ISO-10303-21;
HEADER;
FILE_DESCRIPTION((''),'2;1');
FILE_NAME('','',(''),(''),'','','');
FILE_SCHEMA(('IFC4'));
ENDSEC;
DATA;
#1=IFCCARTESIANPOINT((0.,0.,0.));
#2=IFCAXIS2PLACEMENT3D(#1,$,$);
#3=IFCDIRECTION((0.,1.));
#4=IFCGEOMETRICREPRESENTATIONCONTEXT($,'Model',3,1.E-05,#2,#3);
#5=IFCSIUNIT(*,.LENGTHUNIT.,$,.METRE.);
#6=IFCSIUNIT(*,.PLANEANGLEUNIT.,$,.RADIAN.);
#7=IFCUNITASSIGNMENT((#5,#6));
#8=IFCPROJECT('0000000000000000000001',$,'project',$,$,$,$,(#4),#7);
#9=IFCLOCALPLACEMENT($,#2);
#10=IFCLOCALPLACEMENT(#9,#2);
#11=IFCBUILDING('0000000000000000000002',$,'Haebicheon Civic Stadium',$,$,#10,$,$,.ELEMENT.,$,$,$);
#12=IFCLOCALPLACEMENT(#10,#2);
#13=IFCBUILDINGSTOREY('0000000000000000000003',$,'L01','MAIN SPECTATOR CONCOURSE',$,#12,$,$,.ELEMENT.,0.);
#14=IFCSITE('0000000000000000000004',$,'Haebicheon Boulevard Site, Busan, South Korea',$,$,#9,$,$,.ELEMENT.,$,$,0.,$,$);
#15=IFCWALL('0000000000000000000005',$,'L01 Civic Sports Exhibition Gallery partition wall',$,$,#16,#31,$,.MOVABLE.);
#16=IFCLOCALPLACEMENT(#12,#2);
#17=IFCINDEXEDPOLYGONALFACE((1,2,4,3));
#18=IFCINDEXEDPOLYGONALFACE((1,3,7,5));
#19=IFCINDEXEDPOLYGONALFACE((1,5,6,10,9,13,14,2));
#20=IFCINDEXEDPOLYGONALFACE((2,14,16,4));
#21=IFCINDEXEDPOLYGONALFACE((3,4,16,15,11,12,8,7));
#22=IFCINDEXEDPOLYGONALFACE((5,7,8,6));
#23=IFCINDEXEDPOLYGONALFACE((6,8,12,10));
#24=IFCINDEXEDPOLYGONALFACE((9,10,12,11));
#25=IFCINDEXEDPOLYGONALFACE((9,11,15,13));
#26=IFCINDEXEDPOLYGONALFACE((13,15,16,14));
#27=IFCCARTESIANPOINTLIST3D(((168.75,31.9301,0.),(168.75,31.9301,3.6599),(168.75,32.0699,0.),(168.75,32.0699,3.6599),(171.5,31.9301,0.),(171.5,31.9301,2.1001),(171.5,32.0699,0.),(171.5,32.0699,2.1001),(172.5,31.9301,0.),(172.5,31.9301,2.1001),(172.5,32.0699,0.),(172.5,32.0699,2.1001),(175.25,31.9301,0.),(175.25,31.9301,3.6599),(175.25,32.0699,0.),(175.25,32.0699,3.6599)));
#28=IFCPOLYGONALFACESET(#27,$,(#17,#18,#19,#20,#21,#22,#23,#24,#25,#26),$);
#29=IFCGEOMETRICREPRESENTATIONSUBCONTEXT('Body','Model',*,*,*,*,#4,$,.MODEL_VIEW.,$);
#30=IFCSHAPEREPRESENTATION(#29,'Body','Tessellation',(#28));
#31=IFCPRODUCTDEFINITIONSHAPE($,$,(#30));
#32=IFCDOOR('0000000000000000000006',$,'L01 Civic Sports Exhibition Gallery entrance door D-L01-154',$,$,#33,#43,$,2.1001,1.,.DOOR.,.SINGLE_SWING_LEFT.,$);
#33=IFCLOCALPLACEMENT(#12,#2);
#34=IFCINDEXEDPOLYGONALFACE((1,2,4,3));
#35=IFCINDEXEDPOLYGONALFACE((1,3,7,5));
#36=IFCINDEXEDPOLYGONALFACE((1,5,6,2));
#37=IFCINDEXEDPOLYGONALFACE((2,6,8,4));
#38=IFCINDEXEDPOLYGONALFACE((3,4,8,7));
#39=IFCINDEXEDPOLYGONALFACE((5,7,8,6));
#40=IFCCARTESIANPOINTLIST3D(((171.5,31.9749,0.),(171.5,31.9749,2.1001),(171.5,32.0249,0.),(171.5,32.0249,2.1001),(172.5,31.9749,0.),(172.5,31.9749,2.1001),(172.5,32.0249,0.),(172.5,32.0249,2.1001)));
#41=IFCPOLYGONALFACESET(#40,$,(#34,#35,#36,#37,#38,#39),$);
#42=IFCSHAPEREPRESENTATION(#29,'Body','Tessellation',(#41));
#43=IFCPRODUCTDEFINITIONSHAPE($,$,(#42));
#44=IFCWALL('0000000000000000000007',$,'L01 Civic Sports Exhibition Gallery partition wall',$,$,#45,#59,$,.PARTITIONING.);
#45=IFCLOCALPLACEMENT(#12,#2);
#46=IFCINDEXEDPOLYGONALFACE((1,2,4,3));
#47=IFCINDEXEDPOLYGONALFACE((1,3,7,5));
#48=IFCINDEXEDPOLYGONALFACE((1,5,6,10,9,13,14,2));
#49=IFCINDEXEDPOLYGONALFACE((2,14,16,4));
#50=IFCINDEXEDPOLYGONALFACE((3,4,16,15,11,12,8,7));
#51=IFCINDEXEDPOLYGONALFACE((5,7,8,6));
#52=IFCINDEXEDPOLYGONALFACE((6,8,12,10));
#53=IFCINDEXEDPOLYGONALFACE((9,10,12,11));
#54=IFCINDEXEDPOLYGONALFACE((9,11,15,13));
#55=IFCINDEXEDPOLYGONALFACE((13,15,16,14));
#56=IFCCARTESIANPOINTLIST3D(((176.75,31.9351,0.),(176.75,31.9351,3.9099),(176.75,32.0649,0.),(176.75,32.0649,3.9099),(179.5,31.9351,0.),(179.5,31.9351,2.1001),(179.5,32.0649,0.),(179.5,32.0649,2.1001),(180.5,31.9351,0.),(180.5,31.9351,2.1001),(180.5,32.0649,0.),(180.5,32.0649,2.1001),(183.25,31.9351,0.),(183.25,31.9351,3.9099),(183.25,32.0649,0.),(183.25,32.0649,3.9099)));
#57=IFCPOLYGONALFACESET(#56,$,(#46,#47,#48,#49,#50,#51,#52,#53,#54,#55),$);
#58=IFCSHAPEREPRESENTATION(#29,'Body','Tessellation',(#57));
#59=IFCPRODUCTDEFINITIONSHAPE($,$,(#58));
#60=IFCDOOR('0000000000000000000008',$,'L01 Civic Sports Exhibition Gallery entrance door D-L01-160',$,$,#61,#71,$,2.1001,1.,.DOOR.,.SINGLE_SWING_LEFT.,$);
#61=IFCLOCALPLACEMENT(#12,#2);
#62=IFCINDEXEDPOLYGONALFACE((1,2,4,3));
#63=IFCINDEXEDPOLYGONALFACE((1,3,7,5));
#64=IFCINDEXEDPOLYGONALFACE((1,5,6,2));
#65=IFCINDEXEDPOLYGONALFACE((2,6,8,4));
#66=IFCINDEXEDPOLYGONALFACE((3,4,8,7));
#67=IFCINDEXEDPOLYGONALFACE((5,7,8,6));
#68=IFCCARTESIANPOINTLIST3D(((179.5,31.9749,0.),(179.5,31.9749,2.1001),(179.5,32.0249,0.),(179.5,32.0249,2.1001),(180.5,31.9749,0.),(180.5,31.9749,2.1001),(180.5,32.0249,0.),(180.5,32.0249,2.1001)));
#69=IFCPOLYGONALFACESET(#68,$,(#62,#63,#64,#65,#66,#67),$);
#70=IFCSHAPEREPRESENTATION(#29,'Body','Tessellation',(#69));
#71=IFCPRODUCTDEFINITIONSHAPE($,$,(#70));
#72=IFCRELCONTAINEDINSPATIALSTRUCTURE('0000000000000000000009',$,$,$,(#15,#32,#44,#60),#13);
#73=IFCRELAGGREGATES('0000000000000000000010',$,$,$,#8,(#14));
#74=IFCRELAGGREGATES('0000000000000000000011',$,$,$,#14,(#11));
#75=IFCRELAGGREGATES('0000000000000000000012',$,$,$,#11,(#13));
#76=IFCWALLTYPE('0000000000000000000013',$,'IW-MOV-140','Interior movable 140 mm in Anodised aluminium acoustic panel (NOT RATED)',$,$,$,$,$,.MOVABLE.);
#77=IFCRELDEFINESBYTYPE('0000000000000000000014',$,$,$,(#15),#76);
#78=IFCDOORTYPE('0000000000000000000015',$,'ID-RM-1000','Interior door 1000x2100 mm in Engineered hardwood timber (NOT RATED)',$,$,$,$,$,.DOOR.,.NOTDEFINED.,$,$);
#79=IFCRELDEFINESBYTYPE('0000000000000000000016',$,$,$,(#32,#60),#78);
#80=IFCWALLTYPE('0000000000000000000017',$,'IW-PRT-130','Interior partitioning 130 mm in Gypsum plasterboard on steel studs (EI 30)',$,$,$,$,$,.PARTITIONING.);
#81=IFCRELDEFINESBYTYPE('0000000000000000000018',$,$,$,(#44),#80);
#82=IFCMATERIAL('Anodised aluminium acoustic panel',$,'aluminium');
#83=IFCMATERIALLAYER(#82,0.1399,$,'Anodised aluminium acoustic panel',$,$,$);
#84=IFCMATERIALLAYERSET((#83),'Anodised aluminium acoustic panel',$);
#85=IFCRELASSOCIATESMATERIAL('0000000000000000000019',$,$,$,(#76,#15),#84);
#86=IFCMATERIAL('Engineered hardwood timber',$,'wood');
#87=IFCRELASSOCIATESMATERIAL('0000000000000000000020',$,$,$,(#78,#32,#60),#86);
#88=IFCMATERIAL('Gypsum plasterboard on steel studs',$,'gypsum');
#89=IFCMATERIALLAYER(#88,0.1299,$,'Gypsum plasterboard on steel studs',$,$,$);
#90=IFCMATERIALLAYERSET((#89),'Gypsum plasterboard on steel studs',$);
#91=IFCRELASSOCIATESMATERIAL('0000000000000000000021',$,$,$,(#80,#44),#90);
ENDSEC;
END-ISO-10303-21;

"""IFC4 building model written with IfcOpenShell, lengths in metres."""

from ifc_helpers import new_model, si_unit, direction, frame, frame_2d, origin, place, context, subcontext, project, spatial, rectangle, extrude, material, layer, layer_set, type_object, element, fill, save


model = new_model("IFC4")

# Units and contexts
model_context = context("Model", 3, precision=1e-05, world=origin(), true_north=direction((0.0, 1.0)))
body_context = subcontext(model_context, "Body", "Model", "MODEL_VIEW")
ifc_project = project(units=[si_unit("LENGTHUNIT", "METRE"), si_unit("PLANEANGLEUNIT", "RADIAN")], contexts=[model_context])

# Site, building, storey
site_placement = place(None, origin())
site = spatial("IfcSite", under=ifc_project, at=site_placement, Name="Haebicheon Boulevard Site, Busan, South Korea", CompositionType="ELEMENT", RefElevation=0.0)
building_placement = place(site_placement, origin())
building = spatial("IfcBuilding", under=site, at=building_placement, Name="Haebicheon Civic Stadium", CompositionType="ELEMENT")
storey_placement = place(building_placement, origin())
storey = spatial("IfcBuildingStorey", under=building, at=storey_placement, Name="L01", Description="MAIN SPECTATOR CONCOURSE", CompositionType="ELEMENT", Elevation=0.0)

# Walls, openings, doors
ifc_material_1 = material(Name="Anodised aluminium acoustic panel", Category="aluminium")
ifc_layer_1 = layer(ifc_material_1, 0.1399, Name="Anodised aluminium acoustic panel")
ifc_layer_set_1 = layer_set([ifc_layer_1], Name="Anodised aluminium acoustic panel")
wall_type_1 = type_object("IfcWallType", Name="IW-MOV-140", Description="Interior movable 140 mm in Anodised aluminium acoustic panel (NOT RATED)", PredefinedType="MOVABLE", material=ifc_layer_set_1)
wall_1_placement = place(storey_placement, frame((168.75, 32.0, 0.0), z_axis=(0.0, 0.0, 1.0), x_axis=(1.0, 0.0, 0.0)))
wall_1 = element("IfcWall", 1, at=wall_1_placement, inside=storey, type_object=wall_type_1, material=ifc_layer_set_1, Name="L01 Civic Sports Exhibition Gallery partition wall", PredefinedType="MOVABLE", context=body_context, shape_type="SweptSolid", body=[
    extrude(rectangle(XDim=6.5, YDim=0.1399, at=frame_2d((3.25, 0.0))), origin(), (0.0, 0.0, 1.0), 3.6599),
])
opening_1_placement = place(wall_1_placement, frame((2.75, 0.0, 0.0)))
opening_1 = element("IfcOpeningElement", 2, at=opening_1_placement, cuts=wall_1, PredefinedType="OPENING", context=body_context, shape_type="SweptSolid", body=[
    extrude(rectangle(XDim=1.0, YDim=2.1001, at=frame_2d((0.5, 1.05))), frame((0.0, 0.0798, 0.0), z_axis=(0.0, -1.0, 0.0), x_axis=(1.0, 0.0, 0.0)), (0.0, 0.0, 1.0), 0.1599),
])
ifc_material_2 = material(Name="Engineered hardwood timber", Category="wood")
door_type = type_object("IfcDoorType", Name="ID-RM-1000", Description="Interior door 1000x2100 mm in Engineered hardwood timber (NOT RATED)", OperationType="NOTDEFINED", PredefinedType="DOOR", material=ifc_material_2)
door_1_placement = place(opening_1_placement, origin())
door_1 = element("IfcDoor", 3, at=door_1_placement, inside=storey, type_object=door_type, material=ifc_material_2, Name="L01 Civic Sports Exhibition Gallery entrance door D-L01-154", OperationType="SINGLE_SWING_LEFT", OverallHeight=2.1001, OverallWidth=1.0, PredefinedType="DOOR", context=body_context, shape_type="SweptSolid", body=[
    extrude(rectangle(XDim=1.0, YDim=2.1001, at=frame_2d((0.5, 1.05))), frame((0.0, 0.0249, 0.0), z_axis=(0.0, -1.0, 0.0), x_axis=(1.0, 0.0, 0.0)), (0.0, 0.0, 1.0), 0.05),
])
fill(opening_1, door_1)
ifc_material_3 = material(Name="Gypsum plasterboard on steel studs", Category="gypsum")
ifc_layer_2 = layer(ifc_material_3, 0.1299, Name="Gypsum plasterboard on steel studs")
ifc_layer_set_2 = layer_set([ifc_layer_2], Name="Gypsum plasterboard on steel studs")
wall_type_2 = type_object("IfcWallType", Name="IW-PRT-130", Description="Interior partitioning 130 mm in Gypsum plasterboard on steel studs (EI 30)", PredefinedType="PARTITIONING", material=ifc_layer_set_2)
wall_2_placement = place(storey_placement, frame((176.75, 32.0, 0.0), z_axis=(0.0, 0.0, 1.0), x_axis=(1.0, 0.0, 0.0)))
wall_2 = element("IfcWall", 4, at=wall_2_placement, inside=storey, type_object=wall_type_2, material=ifc_layer_set_2, Name="L01 Civic Sports Exhibition Gallery partition wall", PredefinedType="PARTITIONING", context=body_context, shape_type="SweptSolid", body=[
    extrude(rectangle(XDim=6.5, YDim=0.1299, at=frame_2d((3.25, 0.0))), origin(), (0.0, 0.0, 1.0), 3.9099),
])
opening_2_placement = place(wall_2_placement, frame((2.75, 0.0, 0.0)))
opening_2 = element("IfcOpeningElement", 5, at=opening_2_placement, cuts=wall_2, PredefinedType="OPENING", context=body_context, shape_type="SweptSolid", body=[
    extrude(rectangle(XDim=1.0, YDim=2.1001, at=frame_2d((0.5, 1.05))), frame((0.0, 0.075, 0.0), z_axis=(0.0, -1.0, 0.0), x_axis=(1.0, 0.0, 0.0)), (0.0, 0.0, 1.0), 0.1499),
])
door_2_placement = place(opening_2_placement, origin())
door_2 = element("IfcDoor", 6, at=door_2_placement, inside=storey, type_object=door_type, material=ifc_material_2, Name="L01 Civic Sports Exhibition Gallery entrance door D-L01-160", OperationType="SINGLE_SWING_LEFT", OverallHeight=2.1001, OverallWidth=1.0, PredefinedType="DOOR", context=body_context, shape_type="SweptSolid", body=[
    extrude(rectangle(XDim=1.0, YDim=2.1001, at=frame_2d((0.5, 1.05))), frame((0.0, 0.0249, 0.0), z_axis=(0.0, -1.0, 0.0), x_axis=(1.0, 0.0, 0.0)), (0.0, 0.0, 1.0), 0.05),
])
fill(opening_2, door_2)

save(model, "model.ifc")
